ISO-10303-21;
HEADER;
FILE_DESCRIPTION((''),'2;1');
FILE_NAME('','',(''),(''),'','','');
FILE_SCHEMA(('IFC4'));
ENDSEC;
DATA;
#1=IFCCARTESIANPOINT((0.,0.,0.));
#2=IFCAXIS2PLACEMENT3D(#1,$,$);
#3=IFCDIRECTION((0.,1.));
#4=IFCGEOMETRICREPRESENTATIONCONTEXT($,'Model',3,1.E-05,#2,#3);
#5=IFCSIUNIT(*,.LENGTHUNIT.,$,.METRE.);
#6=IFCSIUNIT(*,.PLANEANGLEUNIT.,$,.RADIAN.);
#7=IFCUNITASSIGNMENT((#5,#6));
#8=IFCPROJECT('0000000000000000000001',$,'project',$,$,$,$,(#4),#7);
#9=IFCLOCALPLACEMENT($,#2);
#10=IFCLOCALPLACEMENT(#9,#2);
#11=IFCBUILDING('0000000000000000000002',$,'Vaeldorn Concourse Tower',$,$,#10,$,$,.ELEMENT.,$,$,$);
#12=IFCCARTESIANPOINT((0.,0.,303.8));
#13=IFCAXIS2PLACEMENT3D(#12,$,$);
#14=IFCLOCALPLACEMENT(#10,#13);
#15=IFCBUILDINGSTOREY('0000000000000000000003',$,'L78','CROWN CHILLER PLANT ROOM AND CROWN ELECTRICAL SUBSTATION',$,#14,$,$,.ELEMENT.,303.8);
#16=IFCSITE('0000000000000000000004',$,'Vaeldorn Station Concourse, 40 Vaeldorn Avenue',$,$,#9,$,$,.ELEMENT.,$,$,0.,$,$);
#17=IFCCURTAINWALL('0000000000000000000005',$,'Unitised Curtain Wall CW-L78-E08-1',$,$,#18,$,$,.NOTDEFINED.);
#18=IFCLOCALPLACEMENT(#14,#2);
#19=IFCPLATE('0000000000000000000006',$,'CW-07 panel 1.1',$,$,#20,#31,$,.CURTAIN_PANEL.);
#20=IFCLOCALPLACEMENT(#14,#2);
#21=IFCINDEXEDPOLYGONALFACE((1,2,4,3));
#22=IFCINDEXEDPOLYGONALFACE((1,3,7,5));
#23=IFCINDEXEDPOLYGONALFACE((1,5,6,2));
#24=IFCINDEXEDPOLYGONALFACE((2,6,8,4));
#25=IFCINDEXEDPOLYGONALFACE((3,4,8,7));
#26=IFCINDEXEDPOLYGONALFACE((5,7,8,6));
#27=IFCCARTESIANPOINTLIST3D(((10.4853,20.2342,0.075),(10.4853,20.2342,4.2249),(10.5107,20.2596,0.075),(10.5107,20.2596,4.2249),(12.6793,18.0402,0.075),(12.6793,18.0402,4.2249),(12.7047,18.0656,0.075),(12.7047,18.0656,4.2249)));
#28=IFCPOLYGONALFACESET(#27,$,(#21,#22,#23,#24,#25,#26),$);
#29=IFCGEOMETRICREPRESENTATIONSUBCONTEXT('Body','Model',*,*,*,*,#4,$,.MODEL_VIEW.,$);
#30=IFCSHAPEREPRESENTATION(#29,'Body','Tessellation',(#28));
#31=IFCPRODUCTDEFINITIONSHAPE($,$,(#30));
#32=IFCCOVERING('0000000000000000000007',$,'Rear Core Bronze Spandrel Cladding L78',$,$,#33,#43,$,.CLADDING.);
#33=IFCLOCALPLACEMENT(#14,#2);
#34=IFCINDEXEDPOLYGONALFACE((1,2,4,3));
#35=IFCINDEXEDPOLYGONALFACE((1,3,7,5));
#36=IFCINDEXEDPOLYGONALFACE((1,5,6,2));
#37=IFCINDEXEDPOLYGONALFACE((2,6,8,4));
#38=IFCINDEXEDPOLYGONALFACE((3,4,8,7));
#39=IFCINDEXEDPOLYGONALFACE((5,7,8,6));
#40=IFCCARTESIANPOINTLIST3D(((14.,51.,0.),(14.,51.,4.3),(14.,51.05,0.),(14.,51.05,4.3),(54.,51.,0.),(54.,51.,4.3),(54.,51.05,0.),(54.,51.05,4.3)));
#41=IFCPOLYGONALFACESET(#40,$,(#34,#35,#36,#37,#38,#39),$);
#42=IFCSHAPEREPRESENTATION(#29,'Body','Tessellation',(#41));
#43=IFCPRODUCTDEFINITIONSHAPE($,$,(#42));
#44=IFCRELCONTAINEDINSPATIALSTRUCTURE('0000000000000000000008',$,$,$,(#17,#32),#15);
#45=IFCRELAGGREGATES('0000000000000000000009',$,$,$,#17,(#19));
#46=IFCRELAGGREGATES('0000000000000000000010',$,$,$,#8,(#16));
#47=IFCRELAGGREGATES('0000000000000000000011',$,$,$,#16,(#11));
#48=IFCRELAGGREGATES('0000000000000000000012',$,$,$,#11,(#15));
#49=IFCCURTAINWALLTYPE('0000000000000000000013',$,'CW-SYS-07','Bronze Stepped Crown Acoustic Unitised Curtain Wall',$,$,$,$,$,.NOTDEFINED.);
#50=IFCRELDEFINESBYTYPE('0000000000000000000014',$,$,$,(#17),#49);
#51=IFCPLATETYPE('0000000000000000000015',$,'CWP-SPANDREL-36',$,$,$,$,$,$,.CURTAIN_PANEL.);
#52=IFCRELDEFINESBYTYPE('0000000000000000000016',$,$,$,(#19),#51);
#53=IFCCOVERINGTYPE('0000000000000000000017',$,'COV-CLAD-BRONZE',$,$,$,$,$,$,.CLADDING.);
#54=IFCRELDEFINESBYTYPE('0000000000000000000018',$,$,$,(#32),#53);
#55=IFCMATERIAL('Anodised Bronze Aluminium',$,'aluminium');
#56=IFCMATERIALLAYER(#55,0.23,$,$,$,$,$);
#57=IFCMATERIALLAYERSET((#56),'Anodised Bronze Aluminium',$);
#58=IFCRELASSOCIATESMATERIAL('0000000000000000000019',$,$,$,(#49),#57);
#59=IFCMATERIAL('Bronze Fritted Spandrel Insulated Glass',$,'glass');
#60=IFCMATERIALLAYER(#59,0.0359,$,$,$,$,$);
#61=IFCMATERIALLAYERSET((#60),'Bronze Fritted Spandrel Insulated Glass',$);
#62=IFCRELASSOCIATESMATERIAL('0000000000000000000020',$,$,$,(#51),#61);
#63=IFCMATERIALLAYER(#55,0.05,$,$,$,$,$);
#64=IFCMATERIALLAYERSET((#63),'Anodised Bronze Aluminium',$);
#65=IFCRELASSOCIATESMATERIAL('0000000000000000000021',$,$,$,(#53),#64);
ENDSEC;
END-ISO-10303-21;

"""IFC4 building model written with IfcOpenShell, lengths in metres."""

from ifc_helpers import new_model, si_unit, direction, frame, origin, origin_2d, place, context, subcontext, project, spatial, polyline, rectangle, outline, extrude, source, transform, mapped, material, layer, layer_set, type_object, element, aggregate, save


model = new_model("IFC4")

# Units and contexts
model_context = context("Model", 3, precision=1e-05, world=origin(), true_north=direction((0.0, 1.0)))
body_context = subcontext(model_context, "Body", "Model", "MODEL_VIEW")
ifc_project = project(units=[si_unit("LENGTHUNIT", "METRE"), si_unit("PLANEANGLEUNIT", "RADIAN")], contexts=[model_context])

# Site, building, storey
site_placement = place(None, origin())
site = spatial("IfcSite", under=ifc_project, at=site_placement, Name="Vaeldorn Station Concourse, 40 Vaeldorn Avenue", CompositionType="ELEMENT", RefElevation=0.0)
building_placement = place(site_placement, origin())
building = spatial("IfcBuilding", under=site, at=building_placement, Name="Vaeldorn Concourse Tower", CompositionType="ELEMENT")
storey_placement = place(building_placement, frame((0.0, 0.0, 303.8)))
storey = spatial("IfcBuildingStorey", under=building, at=storey_placement, Name="L78", Description="CROWN CHILLER PLANT ROOM AND CROWN ELECTRICAL SUBSTATION", CompositionType="ELEMENT", Elevation=303.8)

# Curtain wall
ifc_material_1 = material(Name="Anodised Bronze Aluminium", Category="aluminium")
ifc_layer_1 = layer(ifc_material_1, 0.23)
ifc_layer_set_1 = layer_set([ifc_layer_1], Name="Anodised Bronze Aluminium")
curtain_wall_type = type_object("IfcCurtainWallType", Name="CW-SYS-07", Description="Bronze Stepped Crown Acoustic Unitised Curtain Wall", PredefinedType="NOTDEFINED", material=ifc_layer_set_1)
curtain_wall_1_placement = place(storey_placement, origin())
curtain_wall_1 = element("IfcCurtainWall", 1, at=curtain_wall_1_placement, inside=storey, type_object=curtain_wall_type, Name="Unitised Curtain Wall CW-L78-E08-1", PredefinedType="NOTDEFINED")

# Plate
ifc_material_2 = material(Name="Bronze Fritted Spandrel Insulated Glass", Category="glass")
ifc_layer_2 = layer(ifc_material_2, 0.0359)
ifc_layer_set_2 = layer_set([ifc_layer_2], Name="Bronze Fritted Spandrel Insulated Glass")
plate_type = type_object("IfcPlateType", Name="CWP-SPANDREL-36", PredefinedType="CURTAIN_PANEL", material=ifc_layer_set_2)
shared_shape_1 = source(origin(), body_context, "Body", "SweptSolid", [
    extrude(rectangle(XDim=3.1028, YDim=0.0359, at=origin_2d()), origin(), (0.0, 0.0, 1.0), 4.1499),
])
plate_1_placement = place(storey_placement, frame((11.595, 19.1499, 0.075), z_axis=(0.0, 0.0, 1.0), x_axis=(0.707107, -0.707107, 0.0)))
plate_1 = element("IfcPlate", 2, at=plate_1_placement, type_object=plate_type, Name="CW-07 panel 1.1", PredefinedType="CURTAIN_PANEL", context=body_context, shape_type="MappedRepresentation", body=[
    mapped(shared_shape_1, transform((0.0, 0.0, 0.0), scale=1.0)),
])
aggregate(curtain_wall_1, [plate_1])

# Covering
ifc_layer_3 = layer(ifc_material_1, 0.05)
ifc_layer_set_3 = layer_set([ifc_layer_3], Name="Anodised Bronze Aluminium")
covering_type = type_object("IfcCoveringType", Name="COV-CLAD-BRONZE", PredefinedType="CLADDING", material=ifc_layer_set_3)
covering_placement = place(storey_placement, origin())
element("IfcCovering", 3, at=covering_placement, inside=storey, type_object=covering_type, Name="Rear Core Bronze Spandrel Cladding L78", PredefinedType="CLADDING", context=body_context, shape_type="SweptSolid", body=[
    extrude(outline(polyline([(14.0, 51.0), (54.0, 51.0), (54.0, 51.05), (14.0, 51.05), (14.0, 51.0)])), origin(), (0.0, 0.0, 1.0), 4.3),
])

save(model, "model.ifc")
